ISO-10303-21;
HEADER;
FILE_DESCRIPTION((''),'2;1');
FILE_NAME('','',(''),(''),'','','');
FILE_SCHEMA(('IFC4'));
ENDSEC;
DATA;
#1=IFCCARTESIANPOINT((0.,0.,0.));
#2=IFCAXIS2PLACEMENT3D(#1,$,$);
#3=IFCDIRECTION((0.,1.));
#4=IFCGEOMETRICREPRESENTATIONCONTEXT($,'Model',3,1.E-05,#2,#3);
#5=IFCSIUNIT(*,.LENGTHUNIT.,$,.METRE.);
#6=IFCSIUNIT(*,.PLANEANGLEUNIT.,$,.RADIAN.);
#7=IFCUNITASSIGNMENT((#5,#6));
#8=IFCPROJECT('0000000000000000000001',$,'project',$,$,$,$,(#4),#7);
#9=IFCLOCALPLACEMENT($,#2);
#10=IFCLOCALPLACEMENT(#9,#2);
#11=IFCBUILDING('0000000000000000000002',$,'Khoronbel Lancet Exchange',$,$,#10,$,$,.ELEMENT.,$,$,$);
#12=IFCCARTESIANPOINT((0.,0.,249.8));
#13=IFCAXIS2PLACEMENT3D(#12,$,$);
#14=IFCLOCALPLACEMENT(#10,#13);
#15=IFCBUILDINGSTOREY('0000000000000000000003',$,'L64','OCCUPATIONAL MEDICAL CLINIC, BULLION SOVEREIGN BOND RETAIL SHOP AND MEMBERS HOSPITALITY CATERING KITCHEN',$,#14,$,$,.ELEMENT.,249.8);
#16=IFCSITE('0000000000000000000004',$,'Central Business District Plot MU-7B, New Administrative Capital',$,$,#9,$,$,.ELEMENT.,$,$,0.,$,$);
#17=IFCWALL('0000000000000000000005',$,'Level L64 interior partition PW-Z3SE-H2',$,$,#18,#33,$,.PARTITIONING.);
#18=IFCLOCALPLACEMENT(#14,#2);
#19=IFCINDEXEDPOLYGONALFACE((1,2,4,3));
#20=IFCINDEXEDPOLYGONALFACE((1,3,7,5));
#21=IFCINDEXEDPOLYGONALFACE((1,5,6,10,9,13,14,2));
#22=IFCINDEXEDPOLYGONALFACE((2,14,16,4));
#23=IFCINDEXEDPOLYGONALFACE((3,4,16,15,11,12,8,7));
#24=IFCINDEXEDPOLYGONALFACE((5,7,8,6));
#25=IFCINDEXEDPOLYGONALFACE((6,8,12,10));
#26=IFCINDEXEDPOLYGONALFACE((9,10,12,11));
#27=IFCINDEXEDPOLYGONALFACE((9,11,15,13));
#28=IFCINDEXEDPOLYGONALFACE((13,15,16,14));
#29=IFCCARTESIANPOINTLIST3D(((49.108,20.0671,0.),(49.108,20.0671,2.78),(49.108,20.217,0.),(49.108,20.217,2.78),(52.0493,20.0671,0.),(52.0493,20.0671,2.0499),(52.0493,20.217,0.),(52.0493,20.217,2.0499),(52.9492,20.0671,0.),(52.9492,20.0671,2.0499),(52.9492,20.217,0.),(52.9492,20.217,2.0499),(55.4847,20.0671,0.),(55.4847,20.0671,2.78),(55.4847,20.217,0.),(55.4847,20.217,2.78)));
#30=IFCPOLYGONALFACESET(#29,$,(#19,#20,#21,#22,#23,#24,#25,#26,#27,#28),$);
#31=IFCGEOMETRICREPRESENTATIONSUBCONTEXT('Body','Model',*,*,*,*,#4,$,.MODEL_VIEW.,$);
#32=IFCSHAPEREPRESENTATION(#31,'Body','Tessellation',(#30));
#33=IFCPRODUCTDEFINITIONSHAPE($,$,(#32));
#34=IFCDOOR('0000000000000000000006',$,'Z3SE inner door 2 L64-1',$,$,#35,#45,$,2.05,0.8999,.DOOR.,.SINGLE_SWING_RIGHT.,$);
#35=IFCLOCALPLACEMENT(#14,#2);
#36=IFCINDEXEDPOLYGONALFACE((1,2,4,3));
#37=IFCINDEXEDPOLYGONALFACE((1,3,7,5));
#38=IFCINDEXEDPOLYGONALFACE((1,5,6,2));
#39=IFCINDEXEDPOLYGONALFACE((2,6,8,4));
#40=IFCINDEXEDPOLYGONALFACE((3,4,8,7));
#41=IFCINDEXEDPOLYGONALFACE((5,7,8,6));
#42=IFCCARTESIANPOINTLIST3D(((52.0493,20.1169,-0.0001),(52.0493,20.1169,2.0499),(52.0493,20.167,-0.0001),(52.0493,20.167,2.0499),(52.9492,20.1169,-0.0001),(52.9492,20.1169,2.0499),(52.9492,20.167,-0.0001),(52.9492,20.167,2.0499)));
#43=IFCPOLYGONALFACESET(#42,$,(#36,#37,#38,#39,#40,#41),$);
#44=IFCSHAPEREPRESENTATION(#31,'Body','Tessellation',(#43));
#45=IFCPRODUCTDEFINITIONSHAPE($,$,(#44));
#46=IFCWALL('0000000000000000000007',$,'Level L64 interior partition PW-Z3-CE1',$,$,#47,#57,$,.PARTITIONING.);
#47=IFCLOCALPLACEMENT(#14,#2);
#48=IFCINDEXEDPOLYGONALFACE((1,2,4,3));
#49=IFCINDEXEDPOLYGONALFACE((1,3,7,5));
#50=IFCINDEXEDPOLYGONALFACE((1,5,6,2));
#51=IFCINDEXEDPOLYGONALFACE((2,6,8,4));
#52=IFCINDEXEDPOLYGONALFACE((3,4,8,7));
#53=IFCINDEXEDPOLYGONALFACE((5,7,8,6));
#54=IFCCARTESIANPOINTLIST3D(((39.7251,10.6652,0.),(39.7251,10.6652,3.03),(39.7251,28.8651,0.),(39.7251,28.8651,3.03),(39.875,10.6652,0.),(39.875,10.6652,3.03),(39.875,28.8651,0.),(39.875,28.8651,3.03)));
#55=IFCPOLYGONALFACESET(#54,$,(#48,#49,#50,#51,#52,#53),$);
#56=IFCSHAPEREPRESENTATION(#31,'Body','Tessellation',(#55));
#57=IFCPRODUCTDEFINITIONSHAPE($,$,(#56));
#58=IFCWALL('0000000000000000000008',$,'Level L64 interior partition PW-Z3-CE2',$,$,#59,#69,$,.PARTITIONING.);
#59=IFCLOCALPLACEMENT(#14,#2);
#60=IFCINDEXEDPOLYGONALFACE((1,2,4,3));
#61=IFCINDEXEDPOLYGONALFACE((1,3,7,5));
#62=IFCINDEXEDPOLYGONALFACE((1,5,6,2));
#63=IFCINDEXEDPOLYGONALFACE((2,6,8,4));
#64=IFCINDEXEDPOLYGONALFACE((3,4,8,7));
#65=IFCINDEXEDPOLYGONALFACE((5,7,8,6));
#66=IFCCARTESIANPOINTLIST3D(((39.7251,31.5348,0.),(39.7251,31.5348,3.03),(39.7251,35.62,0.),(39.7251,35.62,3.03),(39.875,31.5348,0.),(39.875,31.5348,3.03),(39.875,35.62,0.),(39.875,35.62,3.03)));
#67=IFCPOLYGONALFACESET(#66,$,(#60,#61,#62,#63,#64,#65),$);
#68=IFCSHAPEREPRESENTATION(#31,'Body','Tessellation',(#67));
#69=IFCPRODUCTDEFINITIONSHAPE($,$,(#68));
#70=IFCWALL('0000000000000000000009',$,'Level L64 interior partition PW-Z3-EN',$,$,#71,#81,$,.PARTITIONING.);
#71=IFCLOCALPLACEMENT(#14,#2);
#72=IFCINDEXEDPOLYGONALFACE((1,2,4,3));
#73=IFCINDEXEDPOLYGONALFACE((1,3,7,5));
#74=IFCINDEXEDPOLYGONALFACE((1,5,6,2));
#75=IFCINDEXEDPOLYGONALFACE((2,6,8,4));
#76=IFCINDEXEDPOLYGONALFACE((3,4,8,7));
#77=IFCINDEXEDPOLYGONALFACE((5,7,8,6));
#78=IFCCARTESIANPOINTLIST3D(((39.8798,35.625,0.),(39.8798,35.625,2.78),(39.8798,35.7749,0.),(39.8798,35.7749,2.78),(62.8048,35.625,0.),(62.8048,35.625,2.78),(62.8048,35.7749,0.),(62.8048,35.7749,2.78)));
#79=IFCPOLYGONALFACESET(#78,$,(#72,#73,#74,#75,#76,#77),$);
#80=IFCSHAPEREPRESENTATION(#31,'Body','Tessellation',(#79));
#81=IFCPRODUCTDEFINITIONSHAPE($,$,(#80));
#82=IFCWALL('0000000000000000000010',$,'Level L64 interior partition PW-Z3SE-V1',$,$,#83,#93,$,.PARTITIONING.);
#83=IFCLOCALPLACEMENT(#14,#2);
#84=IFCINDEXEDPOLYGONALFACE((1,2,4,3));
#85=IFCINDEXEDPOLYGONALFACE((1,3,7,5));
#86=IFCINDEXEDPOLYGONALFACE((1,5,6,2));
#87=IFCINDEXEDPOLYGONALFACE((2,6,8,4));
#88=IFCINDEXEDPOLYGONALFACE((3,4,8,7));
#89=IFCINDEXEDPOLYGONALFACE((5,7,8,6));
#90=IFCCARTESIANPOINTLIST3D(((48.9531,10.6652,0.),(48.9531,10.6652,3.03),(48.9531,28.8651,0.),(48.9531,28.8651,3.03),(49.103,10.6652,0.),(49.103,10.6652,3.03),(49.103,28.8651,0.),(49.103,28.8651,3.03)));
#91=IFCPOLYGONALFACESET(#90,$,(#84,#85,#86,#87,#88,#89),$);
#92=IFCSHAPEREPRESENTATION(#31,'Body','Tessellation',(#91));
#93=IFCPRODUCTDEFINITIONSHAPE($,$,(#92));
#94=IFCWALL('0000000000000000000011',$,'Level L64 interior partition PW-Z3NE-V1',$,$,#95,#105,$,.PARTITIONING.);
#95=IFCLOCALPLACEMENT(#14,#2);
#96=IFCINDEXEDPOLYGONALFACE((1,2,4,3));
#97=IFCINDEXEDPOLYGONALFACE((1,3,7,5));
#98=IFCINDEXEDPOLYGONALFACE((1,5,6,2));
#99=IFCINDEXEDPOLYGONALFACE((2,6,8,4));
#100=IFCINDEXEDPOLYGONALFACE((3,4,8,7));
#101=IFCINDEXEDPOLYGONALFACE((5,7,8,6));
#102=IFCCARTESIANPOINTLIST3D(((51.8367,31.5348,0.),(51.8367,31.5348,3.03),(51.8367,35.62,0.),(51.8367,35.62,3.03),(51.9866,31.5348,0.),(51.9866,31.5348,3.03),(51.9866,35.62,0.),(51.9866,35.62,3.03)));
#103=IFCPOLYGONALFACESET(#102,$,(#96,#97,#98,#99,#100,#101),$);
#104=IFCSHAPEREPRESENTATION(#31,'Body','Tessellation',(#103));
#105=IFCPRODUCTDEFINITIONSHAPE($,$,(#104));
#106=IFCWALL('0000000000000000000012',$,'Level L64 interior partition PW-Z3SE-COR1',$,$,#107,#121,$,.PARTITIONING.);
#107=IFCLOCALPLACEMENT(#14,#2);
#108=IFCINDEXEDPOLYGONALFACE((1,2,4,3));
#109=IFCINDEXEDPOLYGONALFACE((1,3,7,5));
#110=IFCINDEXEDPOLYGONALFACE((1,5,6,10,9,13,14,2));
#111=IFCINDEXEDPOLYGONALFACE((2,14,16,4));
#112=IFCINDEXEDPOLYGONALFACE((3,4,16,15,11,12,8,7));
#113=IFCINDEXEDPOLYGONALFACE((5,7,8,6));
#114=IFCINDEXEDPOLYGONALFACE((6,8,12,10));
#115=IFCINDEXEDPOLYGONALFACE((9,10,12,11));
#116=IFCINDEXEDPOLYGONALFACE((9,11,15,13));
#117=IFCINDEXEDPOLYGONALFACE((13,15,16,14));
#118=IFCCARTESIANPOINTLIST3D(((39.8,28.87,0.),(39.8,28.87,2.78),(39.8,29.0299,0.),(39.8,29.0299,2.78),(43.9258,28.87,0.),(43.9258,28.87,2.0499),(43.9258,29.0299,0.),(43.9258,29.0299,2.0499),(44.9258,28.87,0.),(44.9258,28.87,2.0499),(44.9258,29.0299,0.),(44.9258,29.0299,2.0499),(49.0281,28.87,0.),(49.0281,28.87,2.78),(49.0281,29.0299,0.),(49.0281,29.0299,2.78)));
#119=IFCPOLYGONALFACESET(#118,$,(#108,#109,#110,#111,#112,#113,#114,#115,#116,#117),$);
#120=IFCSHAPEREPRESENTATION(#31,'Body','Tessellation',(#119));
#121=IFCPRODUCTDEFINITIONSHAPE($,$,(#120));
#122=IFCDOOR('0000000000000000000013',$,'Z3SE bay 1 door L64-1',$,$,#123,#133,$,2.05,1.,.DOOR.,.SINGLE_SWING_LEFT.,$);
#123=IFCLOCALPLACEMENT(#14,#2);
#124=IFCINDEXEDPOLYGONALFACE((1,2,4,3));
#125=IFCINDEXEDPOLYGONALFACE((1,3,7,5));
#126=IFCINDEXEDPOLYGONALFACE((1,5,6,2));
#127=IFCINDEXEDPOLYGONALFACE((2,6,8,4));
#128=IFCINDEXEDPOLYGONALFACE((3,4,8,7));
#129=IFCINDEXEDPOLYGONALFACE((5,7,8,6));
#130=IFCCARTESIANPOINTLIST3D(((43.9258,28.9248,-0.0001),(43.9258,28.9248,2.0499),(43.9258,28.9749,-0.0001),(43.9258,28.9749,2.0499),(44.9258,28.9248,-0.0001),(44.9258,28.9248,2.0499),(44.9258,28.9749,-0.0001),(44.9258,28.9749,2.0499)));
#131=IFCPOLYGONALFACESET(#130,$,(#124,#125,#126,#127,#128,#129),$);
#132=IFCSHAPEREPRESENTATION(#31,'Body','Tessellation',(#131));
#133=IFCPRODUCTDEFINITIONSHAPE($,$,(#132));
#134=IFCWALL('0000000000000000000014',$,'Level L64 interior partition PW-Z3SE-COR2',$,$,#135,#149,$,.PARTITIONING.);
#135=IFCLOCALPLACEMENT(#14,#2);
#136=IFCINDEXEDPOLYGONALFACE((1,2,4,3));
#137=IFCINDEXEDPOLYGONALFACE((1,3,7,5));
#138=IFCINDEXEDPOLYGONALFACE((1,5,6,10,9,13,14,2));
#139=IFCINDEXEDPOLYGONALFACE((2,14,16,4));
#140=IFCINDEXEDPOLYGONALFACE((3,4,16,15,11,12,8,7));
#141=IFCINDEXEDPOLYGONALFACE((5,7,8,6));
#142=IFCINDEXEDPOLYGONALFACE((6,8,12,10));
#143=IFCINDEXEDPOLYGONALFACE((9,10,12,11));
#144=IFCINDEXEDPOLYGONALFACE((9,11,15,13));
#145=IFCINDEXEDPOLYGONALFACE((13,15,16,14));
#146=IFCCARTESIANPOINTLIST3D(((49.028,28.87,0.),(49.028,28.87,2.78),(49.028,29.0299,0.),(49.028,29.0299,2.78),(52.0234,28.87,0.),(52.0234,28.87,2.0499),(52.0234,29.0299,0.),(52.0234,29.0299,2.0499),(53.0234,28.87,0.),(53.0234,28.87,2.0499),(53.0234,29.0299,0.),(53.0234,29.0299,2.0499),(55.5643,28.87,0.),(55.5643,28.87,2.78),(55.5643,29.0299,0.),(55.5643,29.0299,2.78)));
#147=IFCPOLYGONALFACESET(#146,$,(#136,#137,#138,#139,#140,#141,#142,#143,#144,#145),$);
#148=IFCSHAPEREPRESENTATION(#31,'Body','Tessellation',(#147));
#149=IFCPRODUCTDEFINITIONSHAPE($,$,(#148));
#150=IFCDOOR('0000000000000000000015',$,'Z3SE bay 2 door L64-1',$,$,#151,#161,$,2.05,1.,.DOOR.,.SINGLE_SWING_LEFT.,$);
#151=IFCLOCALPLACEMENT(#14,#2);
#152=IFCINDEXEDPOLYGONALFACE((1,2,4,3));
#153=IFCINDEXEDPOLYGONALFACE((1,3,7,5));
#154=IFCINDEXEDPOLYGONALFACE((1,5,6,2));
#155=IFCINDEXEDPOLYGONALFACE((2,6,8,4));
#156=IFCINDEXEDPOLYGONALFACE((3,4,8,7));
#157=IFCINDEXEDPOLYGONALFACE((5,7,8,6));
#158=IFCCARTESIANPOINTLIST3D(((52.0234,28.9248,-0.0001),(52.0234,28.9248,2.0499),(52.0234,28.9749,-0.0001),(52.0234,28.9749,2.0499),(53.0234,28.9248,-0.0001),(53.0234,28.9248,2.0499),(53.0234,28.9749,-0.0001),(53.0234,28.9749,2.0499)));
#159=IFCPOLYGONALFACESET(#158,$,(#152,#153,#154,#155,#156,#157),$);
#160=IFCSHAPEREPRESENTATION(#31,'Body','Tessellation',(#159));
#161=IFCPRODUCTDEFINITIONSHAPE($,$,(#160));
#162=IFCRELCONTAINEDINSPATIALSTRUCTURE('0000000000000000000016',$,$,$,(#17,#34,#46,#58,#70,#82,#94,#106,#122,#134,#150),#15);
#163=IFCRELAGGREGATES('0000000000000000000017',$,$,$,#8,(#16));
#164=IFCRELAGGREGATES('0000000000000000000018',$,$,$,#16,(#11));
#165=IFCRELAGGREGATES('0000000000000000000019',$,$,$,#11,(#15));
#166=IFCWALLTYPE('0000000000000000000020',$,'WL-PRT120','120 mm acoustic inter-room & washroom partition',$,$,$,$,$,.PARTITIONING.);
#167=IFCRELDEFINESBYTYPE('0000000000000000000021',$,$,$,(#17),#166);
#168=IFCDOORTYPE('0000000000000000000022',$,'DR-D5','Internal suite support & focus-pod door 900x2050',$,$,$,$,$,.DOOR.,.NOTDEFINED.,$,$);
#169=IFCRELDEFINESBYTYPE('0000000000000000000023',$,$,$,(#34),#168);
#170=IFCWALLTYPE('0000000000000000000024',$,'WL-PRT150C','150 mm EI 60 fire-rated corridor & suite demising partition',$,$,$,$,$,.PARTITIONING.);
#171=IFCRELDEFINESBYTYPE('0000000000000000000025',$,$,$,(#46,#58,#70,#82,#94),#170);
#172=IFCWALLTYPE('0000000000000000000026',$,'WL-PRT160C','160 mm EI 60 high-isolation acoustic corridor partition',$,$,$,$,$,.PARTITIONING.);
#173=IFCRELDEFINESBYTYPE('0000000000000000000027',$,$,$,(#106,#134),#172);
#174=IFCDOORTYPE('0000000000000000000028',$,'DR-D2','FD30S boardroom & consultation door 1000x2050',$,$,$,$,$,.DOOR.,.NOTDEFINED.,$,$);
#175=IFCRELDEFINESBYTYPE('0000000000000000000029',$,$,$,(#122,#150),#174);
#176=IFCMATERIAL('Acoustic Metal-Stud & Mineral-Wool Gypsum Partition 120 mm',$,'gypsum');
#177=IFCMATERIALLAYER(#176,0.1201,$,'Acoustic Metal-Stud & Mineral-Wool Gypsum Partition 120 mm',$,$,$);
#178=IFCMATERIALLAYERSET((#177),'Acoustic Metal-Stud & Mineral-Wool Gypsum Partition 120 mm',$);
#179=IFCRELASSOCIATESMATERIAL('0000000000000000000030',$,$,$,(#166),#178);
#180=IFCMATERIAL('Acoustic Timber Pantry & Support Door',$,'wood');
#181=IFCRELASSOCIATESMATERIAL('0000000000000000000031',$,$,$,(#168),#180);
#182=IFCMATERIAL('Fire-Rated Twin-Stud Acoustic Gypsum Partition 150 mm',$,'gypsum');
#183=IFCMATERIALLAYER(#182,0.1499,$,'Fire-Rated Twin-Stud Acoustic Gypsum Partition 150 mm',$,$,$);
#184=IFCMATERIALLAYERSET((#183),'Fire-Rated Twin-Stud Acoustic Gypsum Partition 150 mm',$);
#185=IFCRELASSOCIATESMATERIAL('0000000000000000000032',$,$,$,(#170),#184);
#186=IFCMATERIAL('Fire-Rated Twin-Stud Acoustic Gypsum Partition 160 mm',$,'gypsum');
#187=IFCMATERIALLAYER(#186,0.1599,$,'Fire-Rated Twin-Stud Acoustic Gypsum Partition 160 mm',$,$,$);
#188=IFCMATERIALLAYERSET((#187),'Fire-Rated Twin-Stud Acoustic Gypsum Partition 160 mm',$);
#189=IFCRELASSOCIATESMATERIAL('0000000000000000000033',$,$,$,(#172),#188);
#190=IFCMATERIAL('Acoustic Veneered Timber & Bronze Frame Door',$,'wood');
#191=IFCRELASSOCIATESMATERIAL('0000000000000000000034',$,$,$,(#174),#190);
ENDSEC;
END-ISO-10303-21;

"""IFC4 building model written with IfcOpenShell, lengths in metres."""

from ifc_helpers import new_model, si_unit, direction, frame, frame_2d, origin, place, context, subcontext, project, spatial, rectangle, extrude, material, layer, layer_set, type_object, element, fill, save


model = new_model("IFC4")

# Units and contexts
model_context = context("Model", 3, precision=1e-05, world=origin(), true_north=direction((0.0, 1.0)))
body_context = subcontext(model_context, "Body", "Model", "MODEL_VIEW")
ifc_project = project(units=[si_unit("LENGTHUNIT", "METRE"), si_unit("PLANEANGLEUNIT", "RADIAN")], contexts=[model_context])

# Site, building, storey
site_placement = place(None, origin())
site = spatial("IfcSite", under=ifc_project, at=site_placement, Name="Central Business District Plot MU-7B, New Administrative Capital", CompositionType="ELEMENT", RefElevation=0.0)
building_placement = place(site_placement, origin())
building = spatial("IfcBuilding", under=site, at=building_placement, Name="Khoronbel Lancet Exchange", CompositionType="ELEMENT")
storey_placement = place(building_placement, frame((0.0, 0.0, 249.8)))
storey = spatial("IfcBuildingStorey", under=building, at=storey_placement, Name="L64", Description="OCCUPATIONAL MEDICAL CLINIC, BULLION SOVEREIGN BOND RETAIL SHOP AND MEMBERS HOSPITALITY CATERING KITCHEN", CompositionType="ELEMENT", Elevation=249.8)

# Wall, opening, door
ifc_material_1 = material(Name="Acoustic Metal-Stud & Mineral-Wool Gypsum Partition 120 mm", Category="gypsum")
ifc_layer_1 = layer(ifc_material_1, 0.1201, Name="Acoustic Metal-Stud & Mineral-Wool Gypsum Partition 120 mm")
ifc_layer_set_1 = layer_set([ifc_layer_1], Name="Acoustic Metal-Stud & Mineral-Wool Gypsum Partition 120 mm")
wall_type_1 = type_object("IfcWallType", Name="WL-PRT120", Description="120 mm acoustic inter-room & washroom partition", PredefinedType="PARTITIONING", material=ifc_layer_set_1)
ifc_material_2 = material(Name="Acoustic Timber Pantry & Support Door", Category="wood")
door_type_1 = type_object("IfcDoorType", Name="DR-D5", Description="Internal suite support & focus-pod door 900x2050", OperationType="NOTDEFINED", PredefinedType="DOOR", material=ifc_material_2)
wall_1_placement = place(storey_placement, frame((49.1079, 20.1421, 0.0), z_axis=(0.0, 0.0, 1.0), x_axis=(1.0, 0.0, 0.0)))
wall_1 = element("IfcWall", 1, at=wall_1_placement, inside=storey, type_object=wall_type_1, Name="Level L64 interior partition PW-Z3SE-H2", PredefinedType="PARTITIONING", context=body_context, shape_type="SweptSolid", body=[
    extrude(rectangle(XDim=6.3767, YDim=0.1499, at=frame_2d((3.1885, 0.0))), origin(), (0.0, 0.0, 1.0), 2.78),
])
opening_1_placement = place(wall_1_placement, frame((2.9414, 0.0, 0.0)))
opening_1 = element("IfcOpeningElement", 2, at=opening_1_placement, cuts=wall_1, PredefinedType="OPENING", context=body_context, shape_type="SweptSolid", body=[
    extrude(rectangle(XDim=0.8999, YDim=2.05, at=frame_2d((0.45, 1.0249))), frame((0.0, 0.085, 0.0), z_axis=(0.0, -1.0, 0.0), x_axis=(1.0, 0.0, 0.0)), (0.0, 0.0, 1.0), 0.1699),
])
door_1_placement = place(opening_1_placement, origin())
door_1 = element("IfcDoor", 3, at=door_1_placement, inside=storey, type_object=door_type_1, Name="Z3SE inner door 2 L64-1", OperationType="SINGLE_SWING_RIGHT", OverallHeight=2.05, OverallWidth=0.8999, PredefinedType="DOOR", context=body_context, shape_type="SweptSolid", body=[
    extrude(rectangle(XDim=0.8999, YDim=2.05, at=frame_2d((0.45, 1.0249))), frame((0.0, 0.0249, 0.0), z_axis=(0.0, -1.0, 0.0), x_axis=(1.0, 0.0, 0.0)), (0.0, 0.0, 1.0), 0.05),
])
fill(opening_1, door_1)

# Walls
ifc_material_3 = material(Name="Fire-Rated Twin-Stud Acoustic Gypsum Partition 150 mm", Category="gypsum")
ifc_layer_2 = layer(ifc_material_3, 0.1499, Name="Fire-Rated Twin-Stud Acoustic Gypsum Partition 150 mm")
ifc_layer_set_2 = layer_set([ifc_layer_2], Name="Fire-Rated Twin-Stud Acoustic Gypsum Partition 150 mm")
wall_type_2 = type_object("IfcWallType", Name="WL-PRT150C", Description="150 mm EI 60 fire-rated corridor & suite demising partition", PredefinedType="PARTITIONING", material=ifc_layer_set_2)
wall_2_placement = place(storey_placement, frame((39.8, 10.665, 0.0), z_axis=(0.0, 0.0, 1.0), x_axis=(0.0, 1.0, 0.0)))
element("IfcWall", 4, at=wall_2_placement, inside=storey, type_object=wall_type_2, Name="Level L64 interior partition PW-Z3-CE1", PredefinedType="PARTITIONING", context=body_context, shape_type="SweptSolid", body=[
    extrude(rectangle(XDim=18.2, YDim=0.1499, at=frame_2d((9.1001, 0.0))), origin(), (0.0, 0.0, 1.0), 3.03),
])
wall_3_placement = place(storey_placement, frame((39.8, 31.5349, 0.0), z_axis=(0.0, 0.0, 1.0), x_axis=(0.0, 1.0, 0.0)))
element("IfcWall", 5, at=wall_3_placement, inside=storey, type_object=wall_type_2, Name="Level L64 interior partition PW-Z3-CE2", PredefinedType="PARTITIONING", context=body_context, shape_type="SweptSolid", body=[
    extrude(rectangle(XDim=4.0852, YDim=0.1499, at=frame_2d((2.0425, 0.0))), origin(), (0.0, 0.0, 1.0), 3.03),
])
wall_4_placement = place(storey_placement, frame((39.8799, 35.7, 0.0), z_axis=(0.0, 0.0, 1.0), x_axis=(1.0, 0.0, 0.0)))
element("IfcWall", 6, at=wall_4_placement, inside=storey, type_object=wall_type_2, Name="Level L64 interior partition PW-Z3-EN", PredefinedType="PARTITIONING", context=body_context, shape_type="SweptSolid", body=[
    extrude(rectangle(XDim=22.925, YDim=0.1499, at=frame_2d((11.4624, 0.0))), origin(), (0.0, 0.0, 1.0), 2.78),
])
wall_5_placement = place(storey_placement, frame((49.0281, 10.665, 0.0), z_axis=(0.0, 0.0, 1.0), x_axis=(0.0, 1.0, 0.0)))
element("IfcWall", 7, at=wall_5_placement, inside=storey, type_object=wall_type_2, Name="Level L64 interior partition PW-Z3SE-V1", PredefinedType="PARTITIONING", context=body_context, shape_type="SweptSolid", body=[
    extrude(rectangle(XDim=18.2, YDim=0.1499, at=frame_2d((9.1001, 0.0))), origin(), (0.0, 0.0, 1.0), 3.03),
])
wall_6_placement = place(storey_placement, frame((51.9116, 31.5349, 0.0), z_axis=(0.0, 0.0, 1.0), x_axis=(0.0, 1.0, 0.0)))
element("IfcWall", 8, at=wall_6_placement, inside=storey, type_object=wall_type_2, Name="Level L64 interior partition PW-Z3NE-V1", PredefinedType="PARTITIONING", context=body_context, shape_type="SweptSolid", body=[
    extrude(rectangle(XDim=4.0852, YDim=0.1499, at=frame_2d((2.0425, 0.0))), origin(), (0.0, 0.0, 1.0), 3.03),
])

# Walls, openings, doors
ifc_material_4 = material(Name="Fire-Rated Twin-Stud Acoustic Gypsum Partition 160 mm", Category="gypsum")
ifc_layer_3 = layer(ifc_material_4, 0.1599, Name="Fire-Rated Twin-Stud Acoustic Gypsum Partition 160 mm")
ifc_layer_set_3 = layer_set([ifc_layer_3], Name="Fire-Rated Twin-Stud Acoustic Gypsum Partition 160 mm")
wall_type_3 = type_object("IfcWallType", Name="WL-PRT160C", Description="160 mm EI 60 high-isolation acoustic corridor partition", PredefinedType="PARTITIONING", material=ifc_layer_set_3)
wall_7_placement = place(storey_placement, frame((39.8, 28.95, 0.0), z_axis=(0.0, 0.0, 1.0), x_axis=(1.0, 0.0, 0.0)))
wall_7 = element("IfcWall", 9, at=wall_7_placement, inside=storey, type_object=wall_type_3, Name="Level L64 interior partition PW-Z3SE-COR1", PredefinedType="PARTITIONING", context=body_context, shape_type="SweptSolid", body=[
    extrude(rectangle(XDim=9.228, YDim=0.1599, at=frame_2d((4.614, 0.0))), origin(), (0.0, 0.0, 1.0), 2.78),
])
opening_2_placement = place(wall_7_placement, frame((4.1257, 0.0, 0.0)))
opening_2 = element("IfcOpeningElement", 10, at=opening_2_placement, cuts=wall_7, PredefinedType="OPENING", context=body_context, shape_type="SweptSolid", body=[
    extrude(rectangle(XDim=1.0, YDim=2.05, at=frame_2d((0.5, 1.0249))), frame((0.0, 0.0898, 0.0), z_axis=(0.0, -1.0, 0.0), x_axis=(1.0, 0.0, 0.0)), (0.0, 0.0, 1.0), 0.1799),
])
ifc_material_5 = material(Name="Acoustic Veneered Timber & Bronze Frame Door", Category="wood")
door_type_2 = type_object("IfcDoorType", Name="DR-D2", Description="FD30S boardroom & consultation door 1000x2050", OperationType="NOTDEFINED", PredefinedType="DOOR", material=ifc_material_5)
door_2_placement = place(opening_2_placement, origin())
door_2 = element("IfcDoor", 11, at=door_2_placement, inside=storey, type_object=door_type_2, Name="Z3SE bay 1 door L64-1", OperationType="SINGLE_SWING_LEFT", OverallHeight=2.05, OverallWidth=1.0, PredefinedType="DOOR", context=body_context, shape_type="SweptSolid", body=[
    extrude(rectangle(XDim=1.0, YDim=2.05, at=frame_2d((0.5, 1.0249))), frame((0.0, 0.0249, 0.0), z_axis=(0.0, -1.0, 0.0), x_axis=(1.0, 0.0, 0.0)), (0.0, 0.0, 1.0), 0.05),
])
fill(opening_2, door_2)
wall_8_placement = place(storey_placement, frame((49.0281, 28.95, 0.0), z_axis=(0.0, 0.0, 1.0), x_axis=(1.0, 0.0, 0.0)))
wall_8 = element("IfcWall", 12, at=wall_8_placement, inside=storey, type_object=wall_type_3, Name="Level L64 interior partition PW-Z3SE-COR2", PredefinedType="PARTITIONING", context=body_context, shape_type="SweptSolid", body=[
    extrude(rectangle(XDim=6.5364, YDim=0.1599, at=frame_2d((3.2681, 0.0))), origin(), (0.0, 0.0, 1.0), 2.78),
])
opening_3_placement = place(wall_8_placement, frame((2.9954, 0.0, 0.0)))
opening_3 = element("IfcOpeningElement", 13, at=opening_3_placement, cuts=wall_8, PredefinedType="OPENING", context=body_context, shape_type="SweptSolid", body=[
    extrude(rectangle(XDim=1.0, YDim=2.05, at=frame_2d((0.5, 1.0249))), frame((0.0, 0.0898, 0.0), z_axis=(0.0, -1.0, 0.0), x_axis=(1.0, 0.0, 0.0)), (0.0, 0.0, 1.0), 0.1799),
])
door_3_placement = place(opening_3_placement, origin())
door_3 = element("IfcDoor", 14, at=door_3_placement, inside=storey, type_object=door_type_2, Name="Z3SE bay 2 door L64-1", OperationType="SINGLE_SWING_LEFT", OverallHeight=2.05, OverallWidth=1.0, PredefinedType="DOOR", context=body_context, shape_type="SweptSolid", body=[
    extrude(rectangle(XDim=1.0, YDim=2.05, at=frame_2d((0.5, 1.0249))), frame((0.0, 0.0249, 0.0), z_axis=(0.0, -1.0, 0.0), x_axis=(1.0, 0.0, 0.0)), (0.0, 0.0, 1.0), 0.05),
])
fill(opening_3, door_3)

save(model, "model.ifc")
